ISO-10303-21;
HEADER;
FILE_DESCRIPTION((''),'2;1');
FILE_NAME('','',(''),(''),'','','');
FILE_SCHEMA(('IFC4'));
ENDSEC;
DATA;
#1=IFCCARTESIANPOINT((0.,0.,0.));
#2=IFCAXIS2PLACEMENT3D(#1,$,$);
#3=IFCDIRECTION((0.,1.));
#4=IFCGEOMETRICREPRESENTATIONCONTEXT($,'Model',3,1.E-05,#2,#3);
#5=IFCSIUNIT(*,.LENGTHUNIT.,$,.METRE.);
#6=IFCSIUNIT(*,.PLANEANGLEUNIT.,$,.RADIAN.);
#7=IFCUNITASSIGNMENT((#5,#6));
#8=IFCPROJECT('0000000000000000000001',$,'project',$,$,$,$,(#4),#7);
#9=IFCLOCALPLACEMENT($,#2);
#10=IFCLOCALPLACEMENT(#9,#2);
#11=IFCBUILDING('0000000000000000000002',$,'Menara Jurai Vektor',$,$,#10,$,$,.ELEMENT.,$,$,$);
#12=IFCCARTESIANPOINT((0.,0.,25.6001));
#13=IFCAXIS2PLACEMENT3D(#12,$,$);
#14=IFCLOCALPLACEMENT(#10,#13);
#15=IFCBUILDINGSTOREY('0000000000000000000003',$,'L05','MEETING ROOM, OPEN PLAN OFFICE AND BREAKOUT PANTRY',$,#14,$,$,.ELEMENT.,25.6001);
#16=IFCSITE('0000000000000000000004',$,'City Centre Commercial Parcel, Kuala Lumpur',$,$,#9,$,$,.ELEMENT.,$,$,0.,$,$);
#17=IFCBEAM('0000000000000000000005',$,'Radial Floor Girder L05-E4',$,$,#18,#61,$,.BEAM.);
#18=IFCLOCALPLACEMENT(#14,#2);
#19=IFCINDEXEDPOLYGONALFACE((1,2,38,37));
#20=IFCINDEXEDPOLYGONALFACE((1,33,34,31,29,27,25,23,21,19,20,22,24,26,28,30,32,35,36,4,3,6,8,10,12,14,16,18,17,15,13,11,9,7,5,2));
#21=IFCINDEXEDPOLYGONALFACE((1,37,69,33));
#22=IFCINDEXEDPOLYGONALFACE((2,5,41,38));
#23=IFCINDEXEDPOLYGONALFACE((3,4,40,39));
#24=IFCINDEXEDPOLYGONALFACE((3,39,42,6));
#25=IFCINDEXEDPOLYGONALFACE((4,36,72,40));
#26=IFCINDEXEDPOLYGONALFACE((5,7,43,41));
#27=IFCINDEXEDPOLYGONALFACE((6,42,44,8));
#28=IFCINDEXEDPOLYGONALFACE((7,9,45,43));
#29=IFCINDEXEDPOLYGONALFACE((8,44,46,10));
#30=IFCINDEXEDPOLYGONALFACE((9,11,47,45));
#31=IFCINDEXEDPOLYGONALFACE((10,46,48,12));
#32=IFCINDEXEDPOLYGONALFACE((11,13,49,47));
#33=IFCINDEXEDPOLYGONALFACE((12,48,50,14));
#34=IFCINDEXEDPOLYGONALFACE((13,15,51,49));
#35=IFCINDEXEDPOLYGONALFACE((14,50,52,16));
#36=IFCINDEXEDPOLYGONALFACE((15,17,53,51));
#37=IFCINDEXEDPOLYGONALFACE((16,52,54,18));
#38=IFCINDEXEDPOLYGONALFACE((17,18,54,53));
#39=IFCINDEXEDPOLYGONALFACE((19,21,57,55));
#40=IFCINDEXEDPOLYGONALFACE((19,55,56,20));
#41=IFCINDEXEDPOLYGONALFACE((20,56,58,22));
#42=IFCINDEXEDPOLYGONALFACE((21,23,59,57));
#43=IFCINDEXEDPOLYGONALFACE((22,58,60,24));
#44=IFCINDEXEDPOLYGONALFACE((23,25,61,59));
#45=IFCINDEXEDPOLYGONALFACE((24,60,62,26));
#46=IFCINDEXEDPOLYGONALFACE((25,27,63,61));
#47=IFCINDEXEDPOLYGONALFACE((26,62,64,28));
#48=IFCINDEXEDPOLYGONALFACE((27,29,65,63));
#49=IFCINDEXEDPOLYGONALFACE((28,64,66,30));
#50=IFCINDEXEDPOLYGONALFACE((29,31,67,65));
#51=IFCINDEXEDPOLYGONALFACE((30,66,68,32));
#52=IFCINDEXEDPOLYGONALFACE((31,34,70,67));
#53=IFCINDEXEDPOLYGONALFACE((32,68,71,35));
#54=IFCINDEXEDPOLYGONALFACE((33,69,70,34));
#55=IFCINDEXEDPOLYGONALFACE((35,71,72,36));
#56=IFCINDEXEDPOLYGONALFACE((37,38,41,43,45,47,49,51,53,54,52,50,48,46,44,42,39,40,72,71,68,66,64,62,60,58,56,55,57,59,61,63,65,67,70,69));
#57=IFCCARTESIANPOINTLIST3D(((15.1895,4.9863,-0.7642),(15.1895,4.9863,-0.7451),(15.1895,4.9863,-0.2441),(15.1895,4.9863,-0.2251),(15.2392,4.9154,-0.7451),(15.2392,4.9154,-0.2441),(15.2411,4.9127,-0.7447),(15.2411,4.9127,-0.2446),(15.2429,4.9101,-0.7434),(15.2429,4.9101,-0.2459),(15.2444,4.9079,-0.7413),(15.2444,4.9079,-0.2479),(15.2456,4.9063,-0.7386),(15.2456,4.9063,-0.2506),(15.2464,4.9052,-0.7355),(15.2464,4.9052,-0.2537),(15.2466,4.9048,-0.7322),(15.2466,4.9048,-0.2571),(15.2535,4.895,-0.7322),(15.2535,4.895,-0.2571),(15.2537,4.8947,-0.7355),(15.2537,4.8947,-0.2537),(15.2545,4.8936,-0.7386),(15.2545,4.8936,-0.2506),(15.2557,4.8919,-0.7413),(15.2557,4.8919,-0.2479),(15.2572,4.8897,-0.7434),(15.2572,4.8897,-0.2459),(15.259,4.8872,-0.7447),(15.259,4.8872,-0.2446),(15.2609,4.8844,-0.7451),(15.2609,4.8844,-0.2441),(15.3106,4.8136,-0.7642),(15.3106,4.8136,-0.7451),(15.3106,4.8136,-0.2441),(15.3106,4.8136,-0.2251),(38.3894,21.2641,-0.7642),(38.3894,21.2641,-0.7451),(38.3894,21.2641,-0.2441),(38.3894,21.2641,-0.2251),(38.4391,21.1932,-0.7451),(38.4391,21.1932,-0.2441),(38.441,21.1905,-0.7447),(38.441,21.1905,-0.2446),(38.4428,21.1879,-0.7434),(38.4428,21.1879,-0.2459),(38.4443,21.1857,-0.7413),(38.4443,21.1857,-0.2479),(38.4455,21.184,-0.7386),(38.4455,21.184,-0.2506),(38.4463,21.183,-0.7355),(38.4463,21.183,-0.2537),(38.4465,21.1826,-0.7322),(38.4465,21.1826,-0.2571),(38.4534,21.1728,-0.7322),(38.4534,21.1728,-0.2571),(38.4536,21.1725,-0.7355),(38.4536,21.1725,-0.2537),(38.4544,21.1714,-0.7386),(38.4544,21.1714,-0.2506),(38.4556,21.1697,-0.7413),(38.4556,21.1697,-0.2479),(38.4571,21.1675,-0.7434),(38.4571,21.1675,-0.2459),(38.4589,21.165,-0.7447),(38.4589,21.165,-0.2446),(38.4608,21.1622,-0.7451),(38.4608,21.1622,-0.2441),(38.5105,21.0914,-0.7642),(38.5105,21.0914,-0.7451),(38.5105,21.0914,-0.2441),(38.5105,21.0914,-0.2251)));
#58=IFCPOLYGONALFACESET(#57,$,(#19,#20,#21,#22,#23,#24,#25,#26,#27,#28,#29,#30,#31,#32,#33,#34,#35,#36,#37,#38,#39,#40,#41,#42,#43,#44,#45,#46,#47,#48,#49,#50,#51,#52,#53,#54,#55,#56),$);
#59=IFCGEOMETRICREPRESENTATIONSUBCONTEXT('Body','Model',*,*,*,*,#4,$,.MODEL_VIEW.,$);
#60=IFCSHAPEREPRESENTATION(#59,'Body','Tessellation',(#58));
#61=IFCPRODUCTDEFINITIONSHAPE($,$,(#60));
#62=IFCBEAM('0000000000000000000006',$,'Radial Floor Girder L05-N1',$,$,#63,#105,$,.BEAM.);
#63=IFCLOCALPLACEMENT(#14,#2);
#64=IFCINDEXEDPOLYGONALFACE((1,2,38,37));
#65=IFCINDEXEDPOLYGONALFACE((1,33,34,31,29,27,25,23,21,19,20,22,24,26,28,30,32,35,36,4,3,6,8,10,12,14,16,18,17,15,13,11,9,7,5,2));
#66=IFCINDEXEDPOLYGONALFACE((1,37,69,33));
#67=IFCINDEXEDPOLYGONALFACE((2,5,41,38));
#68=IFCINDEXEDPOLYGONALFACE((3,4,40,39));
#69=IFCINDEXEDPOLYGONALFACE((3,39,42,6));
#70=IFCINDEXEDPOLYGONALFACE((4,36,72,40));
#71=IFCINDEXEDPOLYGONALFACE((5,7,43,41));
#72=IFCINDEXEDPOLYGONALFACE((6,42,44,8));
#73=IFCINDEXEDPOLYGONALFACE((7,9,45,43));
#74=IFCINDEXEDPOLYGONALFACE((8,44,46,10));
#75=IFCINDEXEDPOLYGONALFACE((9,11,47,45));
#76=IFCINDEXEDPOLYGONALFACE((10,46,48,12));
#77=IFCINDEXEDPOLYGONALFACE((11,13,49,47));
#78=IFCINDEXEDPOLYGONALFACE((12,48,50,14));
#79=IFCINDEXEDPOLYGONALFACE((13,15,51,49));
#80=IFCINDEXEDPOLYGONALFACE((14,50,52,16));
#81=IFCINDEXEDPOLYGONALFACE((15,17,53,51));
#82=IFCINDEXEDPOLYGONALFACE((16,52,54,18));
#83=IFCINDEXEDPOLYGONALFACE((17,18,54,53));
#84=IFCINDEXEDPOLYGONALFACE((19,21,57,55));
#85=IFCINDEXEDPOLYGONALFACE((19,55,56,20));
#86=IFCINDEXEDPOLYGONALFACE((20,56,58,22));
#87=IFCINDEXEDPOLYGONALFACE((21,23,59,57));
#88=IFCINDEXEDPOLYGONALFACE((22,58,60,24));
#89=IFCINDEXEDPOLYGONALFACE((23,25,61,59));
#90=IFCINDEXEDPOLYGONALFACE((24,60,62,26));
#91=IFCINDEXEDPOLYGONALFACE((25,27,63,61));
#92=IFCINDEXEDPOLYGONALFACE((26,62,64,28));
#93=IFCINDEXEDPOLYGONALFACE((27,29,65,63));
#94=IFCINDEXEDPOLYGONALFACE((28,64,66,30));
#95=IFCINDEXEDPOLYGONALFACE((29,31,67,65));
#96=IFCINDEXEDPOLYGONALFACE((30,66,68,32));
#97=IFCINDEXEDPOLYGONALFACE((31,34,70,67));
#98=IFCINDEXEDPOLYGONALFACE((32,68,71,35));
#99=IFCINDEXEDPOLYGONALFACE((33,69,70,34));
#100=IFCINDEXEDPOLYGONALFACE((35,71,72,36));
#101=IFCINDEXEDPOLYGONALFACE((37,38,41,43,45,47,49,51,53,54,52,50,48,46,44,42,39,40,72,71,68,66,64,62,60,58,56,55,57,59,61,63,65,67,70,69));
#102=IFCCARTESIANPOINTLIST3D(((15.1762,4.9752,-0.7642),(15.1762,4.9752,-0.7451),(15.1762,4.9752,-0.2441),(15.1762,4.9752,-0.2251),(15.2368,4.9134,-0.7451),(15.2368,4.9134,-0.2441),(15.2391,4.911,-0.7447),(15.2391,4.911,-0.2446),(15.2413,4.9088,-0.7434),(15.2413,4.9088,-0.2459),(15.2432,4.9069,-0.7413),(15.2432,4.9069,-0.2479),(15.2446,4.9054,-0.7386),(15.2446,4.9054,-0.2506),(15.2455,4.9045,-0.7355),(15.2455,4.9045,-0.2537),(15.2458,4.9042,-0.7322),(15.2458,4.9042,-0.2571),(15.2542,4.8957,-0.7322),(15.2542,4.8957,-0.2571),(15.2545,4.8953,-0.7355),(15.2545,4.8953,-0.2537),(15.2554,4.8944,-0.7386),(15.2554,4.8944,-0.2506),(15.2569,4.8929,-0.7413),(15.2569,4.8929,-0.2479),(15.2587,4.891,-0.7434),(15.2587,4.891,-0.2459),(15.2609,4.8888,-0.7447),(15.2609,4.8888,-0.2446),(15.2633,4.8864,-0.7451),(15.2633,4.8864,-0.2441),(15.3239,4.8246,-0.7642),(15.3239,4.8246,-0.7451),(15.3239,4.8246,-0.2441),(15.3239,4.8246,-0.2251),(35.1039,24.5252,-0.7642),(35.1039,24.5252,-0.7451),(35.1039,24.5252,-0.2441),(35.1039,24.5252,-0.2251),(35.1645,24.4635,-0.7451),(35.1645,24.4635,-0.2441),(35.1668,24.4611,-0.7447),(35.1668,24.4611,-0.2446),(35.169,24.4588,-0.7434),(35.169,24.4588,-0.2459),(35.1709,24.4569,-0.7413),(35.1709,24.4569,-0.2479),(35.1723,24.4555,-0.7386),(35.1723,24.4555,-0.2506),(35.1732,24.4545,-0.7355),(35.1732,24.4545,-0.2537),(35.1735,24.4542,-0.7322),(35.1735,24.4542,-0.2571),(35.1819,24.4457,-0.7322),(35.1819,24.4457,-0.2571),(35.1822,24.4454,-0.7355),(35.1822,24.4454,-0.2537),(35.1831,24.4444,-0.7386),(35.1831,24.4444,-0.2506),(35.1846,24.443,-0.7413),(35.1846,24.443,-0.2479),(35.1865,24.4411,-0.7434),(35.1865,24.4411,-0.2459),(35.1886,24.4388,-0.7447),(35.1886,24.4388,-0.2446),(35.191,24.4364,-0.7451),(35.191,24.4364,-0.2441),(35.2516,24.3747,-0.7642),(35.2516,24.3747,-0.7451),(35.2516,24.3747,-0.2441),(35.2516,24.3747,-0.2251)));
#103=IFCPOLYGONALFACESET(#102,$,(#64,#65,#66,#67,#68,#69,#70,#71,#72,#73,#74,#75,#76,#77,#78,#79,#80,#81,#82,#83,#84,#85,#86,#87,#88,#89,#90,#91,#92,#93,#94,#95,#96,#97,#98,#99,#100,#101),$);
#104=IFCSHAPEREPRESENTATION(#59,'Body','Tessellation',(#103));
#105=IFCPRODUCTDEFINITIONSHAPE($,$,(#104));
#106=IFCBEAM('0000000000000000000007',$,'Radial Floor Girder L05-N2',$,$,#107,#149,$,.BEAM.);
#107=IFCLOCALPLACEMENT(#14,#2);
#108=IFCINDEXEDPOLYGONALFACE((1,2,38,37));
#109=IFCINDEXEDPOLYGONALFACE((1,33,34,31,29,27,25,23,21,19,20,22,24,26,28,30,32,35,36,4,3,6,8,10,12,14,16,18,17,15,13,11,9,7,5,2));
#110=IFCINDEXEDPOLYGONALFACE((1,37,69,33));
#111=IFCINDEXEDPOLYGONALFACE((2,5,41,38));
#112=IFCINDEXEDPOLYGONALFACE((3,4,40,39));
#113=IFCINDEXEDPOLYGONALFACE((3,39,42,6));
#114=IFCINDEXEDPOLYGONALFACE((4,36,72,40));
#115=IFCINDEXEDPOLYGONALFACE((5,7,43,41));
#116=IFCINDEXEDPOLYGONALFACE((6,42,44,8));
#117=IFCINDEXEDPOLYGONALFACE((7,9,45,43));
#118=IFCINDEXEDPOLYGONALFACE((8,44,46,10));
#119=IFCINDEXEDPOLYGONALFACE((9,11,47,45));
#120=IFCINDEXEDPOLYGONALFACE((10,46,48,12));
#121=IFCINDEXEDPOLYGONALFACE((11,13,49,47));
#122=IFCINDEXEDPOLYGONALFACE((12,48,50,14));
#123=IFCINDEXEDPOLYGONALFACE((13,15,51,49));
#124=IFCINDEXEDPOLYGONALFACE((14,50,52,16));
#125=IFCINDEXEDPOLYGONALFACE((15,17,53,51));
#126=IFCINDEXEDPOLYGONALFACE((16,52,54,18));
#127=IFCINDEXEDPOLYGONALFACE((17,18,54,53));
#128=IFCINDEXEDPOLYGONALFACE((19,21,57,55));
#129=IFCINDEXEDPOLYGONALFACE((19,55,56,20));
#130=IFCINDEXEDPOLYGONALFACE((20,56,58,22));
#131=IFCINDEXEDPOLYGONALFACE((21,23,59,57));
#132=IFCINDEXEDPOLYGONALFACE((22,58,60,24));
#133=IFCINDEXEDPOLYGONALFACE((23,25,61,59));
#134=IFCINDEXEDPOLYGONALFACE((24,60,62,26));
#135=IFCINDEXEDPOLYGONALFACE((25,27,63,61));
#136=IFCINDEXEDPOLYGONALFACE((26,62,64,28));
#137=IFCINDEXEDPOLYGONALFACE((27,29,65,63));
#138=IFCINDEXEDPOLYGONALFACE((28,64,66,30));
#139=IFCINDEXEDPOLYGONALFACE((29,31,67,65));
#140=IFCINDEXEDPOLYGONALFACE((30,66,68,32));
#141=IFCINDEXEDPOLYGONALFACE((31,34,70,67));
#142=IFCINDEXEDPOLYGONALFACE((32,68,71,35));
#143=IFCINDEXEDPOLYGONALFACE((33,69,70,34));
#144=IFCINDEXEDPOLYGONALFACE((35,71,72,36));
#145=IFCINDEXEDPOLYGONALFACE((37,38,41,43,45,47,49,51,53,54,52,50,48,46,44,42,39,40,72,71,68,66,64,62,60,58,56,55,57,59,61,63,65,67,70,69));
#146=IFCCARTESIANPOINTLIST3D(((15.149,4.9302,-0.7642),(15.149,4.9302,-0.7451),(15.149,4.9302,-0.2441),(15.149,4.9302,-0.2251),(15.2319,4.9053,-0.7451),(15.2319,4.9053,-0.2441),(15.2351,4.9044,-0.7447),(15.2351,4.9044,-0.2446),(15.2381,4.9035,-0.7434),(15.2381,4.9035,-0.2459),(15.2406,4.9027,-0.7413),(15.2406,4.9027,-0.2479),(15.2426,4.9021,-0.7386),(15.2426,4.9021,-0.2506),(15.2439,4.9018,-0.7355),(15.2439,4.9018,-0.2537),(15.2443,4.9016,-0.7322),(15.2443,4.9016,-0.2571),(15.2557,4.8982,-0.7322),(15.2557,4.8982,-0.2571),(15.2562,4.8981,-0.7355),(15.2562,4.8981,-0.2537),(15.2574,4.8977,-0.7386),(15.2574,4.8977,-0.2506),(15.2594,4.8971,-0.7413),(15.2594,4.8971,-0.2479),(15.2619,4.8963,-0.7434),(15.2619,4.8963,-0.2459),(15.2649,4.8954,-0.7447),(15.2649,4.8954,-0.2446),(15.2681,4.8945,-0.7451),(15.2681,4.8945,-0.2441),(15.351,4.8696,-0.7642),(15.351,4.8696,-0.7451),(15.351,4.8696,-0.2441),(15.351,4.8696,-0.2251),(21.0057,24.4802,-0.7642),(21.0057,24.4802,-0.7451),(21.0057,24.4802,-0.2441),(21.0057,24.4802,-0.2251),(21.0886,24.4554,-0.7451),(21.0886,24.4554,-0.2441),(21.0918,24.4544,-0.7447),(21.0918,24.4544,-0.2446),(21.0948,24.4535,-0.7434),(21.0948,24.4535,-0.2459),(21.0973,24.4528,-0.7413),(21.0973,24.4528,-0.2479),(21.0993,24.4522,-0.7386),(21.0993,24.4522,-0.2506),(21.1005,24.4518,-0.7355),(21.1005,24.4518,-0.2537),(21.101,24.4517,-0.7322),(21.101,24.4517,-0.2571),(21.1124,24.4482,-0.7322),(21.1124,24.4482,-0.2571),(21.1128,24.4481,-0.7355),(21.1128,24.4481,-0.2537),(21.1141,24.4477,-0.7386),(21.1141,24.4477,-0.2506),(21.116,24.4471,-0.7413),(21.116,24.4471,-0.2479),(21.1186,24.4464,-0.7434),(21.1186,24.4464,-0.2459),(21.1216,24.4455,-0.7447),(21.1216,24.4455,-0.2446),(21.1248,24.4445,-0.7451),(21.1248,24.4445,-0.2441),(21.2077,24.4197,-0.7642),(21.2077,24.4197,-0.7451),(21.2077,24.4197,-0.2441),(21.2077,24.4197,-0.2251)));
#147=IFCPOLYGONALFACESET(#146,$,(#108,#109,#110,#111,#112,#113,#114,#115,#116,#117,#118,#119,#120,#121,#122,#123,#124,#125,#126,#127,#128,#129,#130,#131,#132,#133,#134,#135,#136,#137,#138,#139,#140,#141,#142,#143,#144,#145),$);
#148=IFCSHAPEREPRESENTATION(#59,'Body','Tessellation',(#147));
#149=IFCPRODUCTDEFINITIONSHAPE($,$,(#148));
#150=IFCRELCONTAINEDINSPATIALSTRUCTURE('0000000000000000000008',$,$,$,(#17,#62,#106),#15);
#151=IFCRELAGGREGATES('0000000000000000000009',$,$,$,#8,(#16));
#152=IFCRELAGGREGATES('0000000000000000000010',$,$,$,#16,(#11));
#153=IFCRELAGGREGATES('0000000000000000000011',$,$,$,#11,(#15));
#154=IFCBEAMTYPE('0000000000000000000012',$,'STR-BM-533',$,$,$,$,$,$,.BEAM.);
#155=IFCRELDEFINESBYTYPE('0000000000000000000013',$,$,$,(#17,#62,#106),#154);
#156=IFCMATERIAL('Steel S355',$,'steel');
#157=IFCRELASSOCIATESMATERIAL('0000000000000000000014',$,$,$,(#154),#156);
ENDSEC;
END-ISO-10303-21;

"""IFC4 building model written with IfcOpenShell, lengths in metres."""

from ifc_helpers import new_model, si_unit, direction, frame, origin, origin_2d, place, context, subcontext, project, spatial, i_section, extrude, material, material_profile, profile_set, type_object, element, save


model = new_model("IFC4")

# Units and contexts
model_context = context("Model", 3, precision=1e-05, world=origin(), true_north=direction((0.0, 1.0)))
body_context = subcontext(model_context, "Body", "Model", "MODEL_VIEW")
ifc_project = project(units=[si_unit("LENGTHUNIT", "METRE"), si_unit("PLANEANGLEUNIT", "RADIAN")], contexts=[model_context])

# Site, building, storey
site_placement = place(None, origin())
site = spatial("IfcSite", under=ifc_project, at=site_placement, Name="City Centre Commercial Parcel, Kuala Lumpur", CompositionType="ELEMENT", RefElevation=0.0)
building_placement = place(site_placement, origin())
building = spatial("IfcBuilding", under=site, at=building_placement, Name="Menara Jurai Vektor", CompositionType="ELEMENT")
storey_placement = place(building_placement, frame((0.0, 0.0, 25.6001)))
storey = spatial("IfcBuildingStorey", under=building, at=storey_placement, Name="L05", Description="MEETING ROOM, OPEN PLAN OFFICE AND BREAKOUT PANTRY", CompositionType="ELEMENT", Elevation=25.6001)

# Beams
ifc_material_1 = material(Name="Steel S355", Category="steel")
ifc_material_profile_1 = material_profile(ifc_material_1, i_section(OverallWidth=0.2109, OverallDepth=0.5391, WebThickness=0.012, FlangeThickness=0.019, FilletRadius=0.0129, at=origin_2d()), Name="UKB 533x210x109")
ifc_profile_set_1 = profile_set([ifc_material_profile_1], Name="Steel S355")
beam_type_1 = type_object("IfcBeamType", Name="STR-BM-533", PredefinedType="BEAM", material=ifc_profile_set_1)
beam_1_placement = place(storey_placement, frame((38.45, 21.1777, -0.4946), z_axis=(-0.818604, -0.574359, 0.0), x_axis=(0.574359, -0.818604, 0.0)))
element("IfcBeam", 1, at=beam_1_placement, inside=storey, type_object=beam_type_1, Name="Radial Floor Girder L05-E4", PredefinedType="BEAM", context=body_context, shape_type="SweptSolid", body=[
    extrude(i_section(OverallWidth=0.2109, OverallDepth=0.5391, WebThickness=0.012, FlangeThickness=0.019, FilletRadius=0.0129, at=origin_2d()), origin(), (0.0, 0.0, 1.0), 28.3408),
])
beam_2_placement = place(storey_placement, frame((35.1777, 24.45, -0.4946), z_axis=(-0.713839, -0.70031, 0.0), x_axis=(0.70031, -0.713839, 0.0)))
element("IfcBeam", 2, at=beam_2_placement, inside=storey, type_object=beam_type_1, Name="Radial Floor Girder L05-N1", PredefinedType="BEAM", context=body_context, shape_type="SweptSolid", body=[
    extrude(i_section(OverallWidth=0.2109, OverallDepth=0.5391, WebThickness=0.012, FlangeThickness=0.019, FilletRadius=0.0129, at=origin_2d()), origin(), (0.0, 0.0, 1.0), 27.9163),
])
beam_3_placement = place(storey_placement, frame((21.1067, 24.45, -0.4946), z_axis=(-0.286974, -0.957938, 0.0), x_axis=(0.957938, -0.286974, 0.0)))
element("IfcBeam", 3, at=beam_3_placement, inside=storey, type_object=beam_type_1, Name="Radial Floor Girder L05-N2", PredefinedType="BEAM", context=body_context, shape_type="SweptSolid", body=[
    extrude(i_section(OverallWidth=0.2109, OverallDepth=0.5391, WebThickness=0.012, FlangeThickness=0.019, FilletRadius=0.0129, at=origin_2d()), origin(), (0.0, 0.0, 1.0), 20.4084),
])

save(model, "model.ifc")
